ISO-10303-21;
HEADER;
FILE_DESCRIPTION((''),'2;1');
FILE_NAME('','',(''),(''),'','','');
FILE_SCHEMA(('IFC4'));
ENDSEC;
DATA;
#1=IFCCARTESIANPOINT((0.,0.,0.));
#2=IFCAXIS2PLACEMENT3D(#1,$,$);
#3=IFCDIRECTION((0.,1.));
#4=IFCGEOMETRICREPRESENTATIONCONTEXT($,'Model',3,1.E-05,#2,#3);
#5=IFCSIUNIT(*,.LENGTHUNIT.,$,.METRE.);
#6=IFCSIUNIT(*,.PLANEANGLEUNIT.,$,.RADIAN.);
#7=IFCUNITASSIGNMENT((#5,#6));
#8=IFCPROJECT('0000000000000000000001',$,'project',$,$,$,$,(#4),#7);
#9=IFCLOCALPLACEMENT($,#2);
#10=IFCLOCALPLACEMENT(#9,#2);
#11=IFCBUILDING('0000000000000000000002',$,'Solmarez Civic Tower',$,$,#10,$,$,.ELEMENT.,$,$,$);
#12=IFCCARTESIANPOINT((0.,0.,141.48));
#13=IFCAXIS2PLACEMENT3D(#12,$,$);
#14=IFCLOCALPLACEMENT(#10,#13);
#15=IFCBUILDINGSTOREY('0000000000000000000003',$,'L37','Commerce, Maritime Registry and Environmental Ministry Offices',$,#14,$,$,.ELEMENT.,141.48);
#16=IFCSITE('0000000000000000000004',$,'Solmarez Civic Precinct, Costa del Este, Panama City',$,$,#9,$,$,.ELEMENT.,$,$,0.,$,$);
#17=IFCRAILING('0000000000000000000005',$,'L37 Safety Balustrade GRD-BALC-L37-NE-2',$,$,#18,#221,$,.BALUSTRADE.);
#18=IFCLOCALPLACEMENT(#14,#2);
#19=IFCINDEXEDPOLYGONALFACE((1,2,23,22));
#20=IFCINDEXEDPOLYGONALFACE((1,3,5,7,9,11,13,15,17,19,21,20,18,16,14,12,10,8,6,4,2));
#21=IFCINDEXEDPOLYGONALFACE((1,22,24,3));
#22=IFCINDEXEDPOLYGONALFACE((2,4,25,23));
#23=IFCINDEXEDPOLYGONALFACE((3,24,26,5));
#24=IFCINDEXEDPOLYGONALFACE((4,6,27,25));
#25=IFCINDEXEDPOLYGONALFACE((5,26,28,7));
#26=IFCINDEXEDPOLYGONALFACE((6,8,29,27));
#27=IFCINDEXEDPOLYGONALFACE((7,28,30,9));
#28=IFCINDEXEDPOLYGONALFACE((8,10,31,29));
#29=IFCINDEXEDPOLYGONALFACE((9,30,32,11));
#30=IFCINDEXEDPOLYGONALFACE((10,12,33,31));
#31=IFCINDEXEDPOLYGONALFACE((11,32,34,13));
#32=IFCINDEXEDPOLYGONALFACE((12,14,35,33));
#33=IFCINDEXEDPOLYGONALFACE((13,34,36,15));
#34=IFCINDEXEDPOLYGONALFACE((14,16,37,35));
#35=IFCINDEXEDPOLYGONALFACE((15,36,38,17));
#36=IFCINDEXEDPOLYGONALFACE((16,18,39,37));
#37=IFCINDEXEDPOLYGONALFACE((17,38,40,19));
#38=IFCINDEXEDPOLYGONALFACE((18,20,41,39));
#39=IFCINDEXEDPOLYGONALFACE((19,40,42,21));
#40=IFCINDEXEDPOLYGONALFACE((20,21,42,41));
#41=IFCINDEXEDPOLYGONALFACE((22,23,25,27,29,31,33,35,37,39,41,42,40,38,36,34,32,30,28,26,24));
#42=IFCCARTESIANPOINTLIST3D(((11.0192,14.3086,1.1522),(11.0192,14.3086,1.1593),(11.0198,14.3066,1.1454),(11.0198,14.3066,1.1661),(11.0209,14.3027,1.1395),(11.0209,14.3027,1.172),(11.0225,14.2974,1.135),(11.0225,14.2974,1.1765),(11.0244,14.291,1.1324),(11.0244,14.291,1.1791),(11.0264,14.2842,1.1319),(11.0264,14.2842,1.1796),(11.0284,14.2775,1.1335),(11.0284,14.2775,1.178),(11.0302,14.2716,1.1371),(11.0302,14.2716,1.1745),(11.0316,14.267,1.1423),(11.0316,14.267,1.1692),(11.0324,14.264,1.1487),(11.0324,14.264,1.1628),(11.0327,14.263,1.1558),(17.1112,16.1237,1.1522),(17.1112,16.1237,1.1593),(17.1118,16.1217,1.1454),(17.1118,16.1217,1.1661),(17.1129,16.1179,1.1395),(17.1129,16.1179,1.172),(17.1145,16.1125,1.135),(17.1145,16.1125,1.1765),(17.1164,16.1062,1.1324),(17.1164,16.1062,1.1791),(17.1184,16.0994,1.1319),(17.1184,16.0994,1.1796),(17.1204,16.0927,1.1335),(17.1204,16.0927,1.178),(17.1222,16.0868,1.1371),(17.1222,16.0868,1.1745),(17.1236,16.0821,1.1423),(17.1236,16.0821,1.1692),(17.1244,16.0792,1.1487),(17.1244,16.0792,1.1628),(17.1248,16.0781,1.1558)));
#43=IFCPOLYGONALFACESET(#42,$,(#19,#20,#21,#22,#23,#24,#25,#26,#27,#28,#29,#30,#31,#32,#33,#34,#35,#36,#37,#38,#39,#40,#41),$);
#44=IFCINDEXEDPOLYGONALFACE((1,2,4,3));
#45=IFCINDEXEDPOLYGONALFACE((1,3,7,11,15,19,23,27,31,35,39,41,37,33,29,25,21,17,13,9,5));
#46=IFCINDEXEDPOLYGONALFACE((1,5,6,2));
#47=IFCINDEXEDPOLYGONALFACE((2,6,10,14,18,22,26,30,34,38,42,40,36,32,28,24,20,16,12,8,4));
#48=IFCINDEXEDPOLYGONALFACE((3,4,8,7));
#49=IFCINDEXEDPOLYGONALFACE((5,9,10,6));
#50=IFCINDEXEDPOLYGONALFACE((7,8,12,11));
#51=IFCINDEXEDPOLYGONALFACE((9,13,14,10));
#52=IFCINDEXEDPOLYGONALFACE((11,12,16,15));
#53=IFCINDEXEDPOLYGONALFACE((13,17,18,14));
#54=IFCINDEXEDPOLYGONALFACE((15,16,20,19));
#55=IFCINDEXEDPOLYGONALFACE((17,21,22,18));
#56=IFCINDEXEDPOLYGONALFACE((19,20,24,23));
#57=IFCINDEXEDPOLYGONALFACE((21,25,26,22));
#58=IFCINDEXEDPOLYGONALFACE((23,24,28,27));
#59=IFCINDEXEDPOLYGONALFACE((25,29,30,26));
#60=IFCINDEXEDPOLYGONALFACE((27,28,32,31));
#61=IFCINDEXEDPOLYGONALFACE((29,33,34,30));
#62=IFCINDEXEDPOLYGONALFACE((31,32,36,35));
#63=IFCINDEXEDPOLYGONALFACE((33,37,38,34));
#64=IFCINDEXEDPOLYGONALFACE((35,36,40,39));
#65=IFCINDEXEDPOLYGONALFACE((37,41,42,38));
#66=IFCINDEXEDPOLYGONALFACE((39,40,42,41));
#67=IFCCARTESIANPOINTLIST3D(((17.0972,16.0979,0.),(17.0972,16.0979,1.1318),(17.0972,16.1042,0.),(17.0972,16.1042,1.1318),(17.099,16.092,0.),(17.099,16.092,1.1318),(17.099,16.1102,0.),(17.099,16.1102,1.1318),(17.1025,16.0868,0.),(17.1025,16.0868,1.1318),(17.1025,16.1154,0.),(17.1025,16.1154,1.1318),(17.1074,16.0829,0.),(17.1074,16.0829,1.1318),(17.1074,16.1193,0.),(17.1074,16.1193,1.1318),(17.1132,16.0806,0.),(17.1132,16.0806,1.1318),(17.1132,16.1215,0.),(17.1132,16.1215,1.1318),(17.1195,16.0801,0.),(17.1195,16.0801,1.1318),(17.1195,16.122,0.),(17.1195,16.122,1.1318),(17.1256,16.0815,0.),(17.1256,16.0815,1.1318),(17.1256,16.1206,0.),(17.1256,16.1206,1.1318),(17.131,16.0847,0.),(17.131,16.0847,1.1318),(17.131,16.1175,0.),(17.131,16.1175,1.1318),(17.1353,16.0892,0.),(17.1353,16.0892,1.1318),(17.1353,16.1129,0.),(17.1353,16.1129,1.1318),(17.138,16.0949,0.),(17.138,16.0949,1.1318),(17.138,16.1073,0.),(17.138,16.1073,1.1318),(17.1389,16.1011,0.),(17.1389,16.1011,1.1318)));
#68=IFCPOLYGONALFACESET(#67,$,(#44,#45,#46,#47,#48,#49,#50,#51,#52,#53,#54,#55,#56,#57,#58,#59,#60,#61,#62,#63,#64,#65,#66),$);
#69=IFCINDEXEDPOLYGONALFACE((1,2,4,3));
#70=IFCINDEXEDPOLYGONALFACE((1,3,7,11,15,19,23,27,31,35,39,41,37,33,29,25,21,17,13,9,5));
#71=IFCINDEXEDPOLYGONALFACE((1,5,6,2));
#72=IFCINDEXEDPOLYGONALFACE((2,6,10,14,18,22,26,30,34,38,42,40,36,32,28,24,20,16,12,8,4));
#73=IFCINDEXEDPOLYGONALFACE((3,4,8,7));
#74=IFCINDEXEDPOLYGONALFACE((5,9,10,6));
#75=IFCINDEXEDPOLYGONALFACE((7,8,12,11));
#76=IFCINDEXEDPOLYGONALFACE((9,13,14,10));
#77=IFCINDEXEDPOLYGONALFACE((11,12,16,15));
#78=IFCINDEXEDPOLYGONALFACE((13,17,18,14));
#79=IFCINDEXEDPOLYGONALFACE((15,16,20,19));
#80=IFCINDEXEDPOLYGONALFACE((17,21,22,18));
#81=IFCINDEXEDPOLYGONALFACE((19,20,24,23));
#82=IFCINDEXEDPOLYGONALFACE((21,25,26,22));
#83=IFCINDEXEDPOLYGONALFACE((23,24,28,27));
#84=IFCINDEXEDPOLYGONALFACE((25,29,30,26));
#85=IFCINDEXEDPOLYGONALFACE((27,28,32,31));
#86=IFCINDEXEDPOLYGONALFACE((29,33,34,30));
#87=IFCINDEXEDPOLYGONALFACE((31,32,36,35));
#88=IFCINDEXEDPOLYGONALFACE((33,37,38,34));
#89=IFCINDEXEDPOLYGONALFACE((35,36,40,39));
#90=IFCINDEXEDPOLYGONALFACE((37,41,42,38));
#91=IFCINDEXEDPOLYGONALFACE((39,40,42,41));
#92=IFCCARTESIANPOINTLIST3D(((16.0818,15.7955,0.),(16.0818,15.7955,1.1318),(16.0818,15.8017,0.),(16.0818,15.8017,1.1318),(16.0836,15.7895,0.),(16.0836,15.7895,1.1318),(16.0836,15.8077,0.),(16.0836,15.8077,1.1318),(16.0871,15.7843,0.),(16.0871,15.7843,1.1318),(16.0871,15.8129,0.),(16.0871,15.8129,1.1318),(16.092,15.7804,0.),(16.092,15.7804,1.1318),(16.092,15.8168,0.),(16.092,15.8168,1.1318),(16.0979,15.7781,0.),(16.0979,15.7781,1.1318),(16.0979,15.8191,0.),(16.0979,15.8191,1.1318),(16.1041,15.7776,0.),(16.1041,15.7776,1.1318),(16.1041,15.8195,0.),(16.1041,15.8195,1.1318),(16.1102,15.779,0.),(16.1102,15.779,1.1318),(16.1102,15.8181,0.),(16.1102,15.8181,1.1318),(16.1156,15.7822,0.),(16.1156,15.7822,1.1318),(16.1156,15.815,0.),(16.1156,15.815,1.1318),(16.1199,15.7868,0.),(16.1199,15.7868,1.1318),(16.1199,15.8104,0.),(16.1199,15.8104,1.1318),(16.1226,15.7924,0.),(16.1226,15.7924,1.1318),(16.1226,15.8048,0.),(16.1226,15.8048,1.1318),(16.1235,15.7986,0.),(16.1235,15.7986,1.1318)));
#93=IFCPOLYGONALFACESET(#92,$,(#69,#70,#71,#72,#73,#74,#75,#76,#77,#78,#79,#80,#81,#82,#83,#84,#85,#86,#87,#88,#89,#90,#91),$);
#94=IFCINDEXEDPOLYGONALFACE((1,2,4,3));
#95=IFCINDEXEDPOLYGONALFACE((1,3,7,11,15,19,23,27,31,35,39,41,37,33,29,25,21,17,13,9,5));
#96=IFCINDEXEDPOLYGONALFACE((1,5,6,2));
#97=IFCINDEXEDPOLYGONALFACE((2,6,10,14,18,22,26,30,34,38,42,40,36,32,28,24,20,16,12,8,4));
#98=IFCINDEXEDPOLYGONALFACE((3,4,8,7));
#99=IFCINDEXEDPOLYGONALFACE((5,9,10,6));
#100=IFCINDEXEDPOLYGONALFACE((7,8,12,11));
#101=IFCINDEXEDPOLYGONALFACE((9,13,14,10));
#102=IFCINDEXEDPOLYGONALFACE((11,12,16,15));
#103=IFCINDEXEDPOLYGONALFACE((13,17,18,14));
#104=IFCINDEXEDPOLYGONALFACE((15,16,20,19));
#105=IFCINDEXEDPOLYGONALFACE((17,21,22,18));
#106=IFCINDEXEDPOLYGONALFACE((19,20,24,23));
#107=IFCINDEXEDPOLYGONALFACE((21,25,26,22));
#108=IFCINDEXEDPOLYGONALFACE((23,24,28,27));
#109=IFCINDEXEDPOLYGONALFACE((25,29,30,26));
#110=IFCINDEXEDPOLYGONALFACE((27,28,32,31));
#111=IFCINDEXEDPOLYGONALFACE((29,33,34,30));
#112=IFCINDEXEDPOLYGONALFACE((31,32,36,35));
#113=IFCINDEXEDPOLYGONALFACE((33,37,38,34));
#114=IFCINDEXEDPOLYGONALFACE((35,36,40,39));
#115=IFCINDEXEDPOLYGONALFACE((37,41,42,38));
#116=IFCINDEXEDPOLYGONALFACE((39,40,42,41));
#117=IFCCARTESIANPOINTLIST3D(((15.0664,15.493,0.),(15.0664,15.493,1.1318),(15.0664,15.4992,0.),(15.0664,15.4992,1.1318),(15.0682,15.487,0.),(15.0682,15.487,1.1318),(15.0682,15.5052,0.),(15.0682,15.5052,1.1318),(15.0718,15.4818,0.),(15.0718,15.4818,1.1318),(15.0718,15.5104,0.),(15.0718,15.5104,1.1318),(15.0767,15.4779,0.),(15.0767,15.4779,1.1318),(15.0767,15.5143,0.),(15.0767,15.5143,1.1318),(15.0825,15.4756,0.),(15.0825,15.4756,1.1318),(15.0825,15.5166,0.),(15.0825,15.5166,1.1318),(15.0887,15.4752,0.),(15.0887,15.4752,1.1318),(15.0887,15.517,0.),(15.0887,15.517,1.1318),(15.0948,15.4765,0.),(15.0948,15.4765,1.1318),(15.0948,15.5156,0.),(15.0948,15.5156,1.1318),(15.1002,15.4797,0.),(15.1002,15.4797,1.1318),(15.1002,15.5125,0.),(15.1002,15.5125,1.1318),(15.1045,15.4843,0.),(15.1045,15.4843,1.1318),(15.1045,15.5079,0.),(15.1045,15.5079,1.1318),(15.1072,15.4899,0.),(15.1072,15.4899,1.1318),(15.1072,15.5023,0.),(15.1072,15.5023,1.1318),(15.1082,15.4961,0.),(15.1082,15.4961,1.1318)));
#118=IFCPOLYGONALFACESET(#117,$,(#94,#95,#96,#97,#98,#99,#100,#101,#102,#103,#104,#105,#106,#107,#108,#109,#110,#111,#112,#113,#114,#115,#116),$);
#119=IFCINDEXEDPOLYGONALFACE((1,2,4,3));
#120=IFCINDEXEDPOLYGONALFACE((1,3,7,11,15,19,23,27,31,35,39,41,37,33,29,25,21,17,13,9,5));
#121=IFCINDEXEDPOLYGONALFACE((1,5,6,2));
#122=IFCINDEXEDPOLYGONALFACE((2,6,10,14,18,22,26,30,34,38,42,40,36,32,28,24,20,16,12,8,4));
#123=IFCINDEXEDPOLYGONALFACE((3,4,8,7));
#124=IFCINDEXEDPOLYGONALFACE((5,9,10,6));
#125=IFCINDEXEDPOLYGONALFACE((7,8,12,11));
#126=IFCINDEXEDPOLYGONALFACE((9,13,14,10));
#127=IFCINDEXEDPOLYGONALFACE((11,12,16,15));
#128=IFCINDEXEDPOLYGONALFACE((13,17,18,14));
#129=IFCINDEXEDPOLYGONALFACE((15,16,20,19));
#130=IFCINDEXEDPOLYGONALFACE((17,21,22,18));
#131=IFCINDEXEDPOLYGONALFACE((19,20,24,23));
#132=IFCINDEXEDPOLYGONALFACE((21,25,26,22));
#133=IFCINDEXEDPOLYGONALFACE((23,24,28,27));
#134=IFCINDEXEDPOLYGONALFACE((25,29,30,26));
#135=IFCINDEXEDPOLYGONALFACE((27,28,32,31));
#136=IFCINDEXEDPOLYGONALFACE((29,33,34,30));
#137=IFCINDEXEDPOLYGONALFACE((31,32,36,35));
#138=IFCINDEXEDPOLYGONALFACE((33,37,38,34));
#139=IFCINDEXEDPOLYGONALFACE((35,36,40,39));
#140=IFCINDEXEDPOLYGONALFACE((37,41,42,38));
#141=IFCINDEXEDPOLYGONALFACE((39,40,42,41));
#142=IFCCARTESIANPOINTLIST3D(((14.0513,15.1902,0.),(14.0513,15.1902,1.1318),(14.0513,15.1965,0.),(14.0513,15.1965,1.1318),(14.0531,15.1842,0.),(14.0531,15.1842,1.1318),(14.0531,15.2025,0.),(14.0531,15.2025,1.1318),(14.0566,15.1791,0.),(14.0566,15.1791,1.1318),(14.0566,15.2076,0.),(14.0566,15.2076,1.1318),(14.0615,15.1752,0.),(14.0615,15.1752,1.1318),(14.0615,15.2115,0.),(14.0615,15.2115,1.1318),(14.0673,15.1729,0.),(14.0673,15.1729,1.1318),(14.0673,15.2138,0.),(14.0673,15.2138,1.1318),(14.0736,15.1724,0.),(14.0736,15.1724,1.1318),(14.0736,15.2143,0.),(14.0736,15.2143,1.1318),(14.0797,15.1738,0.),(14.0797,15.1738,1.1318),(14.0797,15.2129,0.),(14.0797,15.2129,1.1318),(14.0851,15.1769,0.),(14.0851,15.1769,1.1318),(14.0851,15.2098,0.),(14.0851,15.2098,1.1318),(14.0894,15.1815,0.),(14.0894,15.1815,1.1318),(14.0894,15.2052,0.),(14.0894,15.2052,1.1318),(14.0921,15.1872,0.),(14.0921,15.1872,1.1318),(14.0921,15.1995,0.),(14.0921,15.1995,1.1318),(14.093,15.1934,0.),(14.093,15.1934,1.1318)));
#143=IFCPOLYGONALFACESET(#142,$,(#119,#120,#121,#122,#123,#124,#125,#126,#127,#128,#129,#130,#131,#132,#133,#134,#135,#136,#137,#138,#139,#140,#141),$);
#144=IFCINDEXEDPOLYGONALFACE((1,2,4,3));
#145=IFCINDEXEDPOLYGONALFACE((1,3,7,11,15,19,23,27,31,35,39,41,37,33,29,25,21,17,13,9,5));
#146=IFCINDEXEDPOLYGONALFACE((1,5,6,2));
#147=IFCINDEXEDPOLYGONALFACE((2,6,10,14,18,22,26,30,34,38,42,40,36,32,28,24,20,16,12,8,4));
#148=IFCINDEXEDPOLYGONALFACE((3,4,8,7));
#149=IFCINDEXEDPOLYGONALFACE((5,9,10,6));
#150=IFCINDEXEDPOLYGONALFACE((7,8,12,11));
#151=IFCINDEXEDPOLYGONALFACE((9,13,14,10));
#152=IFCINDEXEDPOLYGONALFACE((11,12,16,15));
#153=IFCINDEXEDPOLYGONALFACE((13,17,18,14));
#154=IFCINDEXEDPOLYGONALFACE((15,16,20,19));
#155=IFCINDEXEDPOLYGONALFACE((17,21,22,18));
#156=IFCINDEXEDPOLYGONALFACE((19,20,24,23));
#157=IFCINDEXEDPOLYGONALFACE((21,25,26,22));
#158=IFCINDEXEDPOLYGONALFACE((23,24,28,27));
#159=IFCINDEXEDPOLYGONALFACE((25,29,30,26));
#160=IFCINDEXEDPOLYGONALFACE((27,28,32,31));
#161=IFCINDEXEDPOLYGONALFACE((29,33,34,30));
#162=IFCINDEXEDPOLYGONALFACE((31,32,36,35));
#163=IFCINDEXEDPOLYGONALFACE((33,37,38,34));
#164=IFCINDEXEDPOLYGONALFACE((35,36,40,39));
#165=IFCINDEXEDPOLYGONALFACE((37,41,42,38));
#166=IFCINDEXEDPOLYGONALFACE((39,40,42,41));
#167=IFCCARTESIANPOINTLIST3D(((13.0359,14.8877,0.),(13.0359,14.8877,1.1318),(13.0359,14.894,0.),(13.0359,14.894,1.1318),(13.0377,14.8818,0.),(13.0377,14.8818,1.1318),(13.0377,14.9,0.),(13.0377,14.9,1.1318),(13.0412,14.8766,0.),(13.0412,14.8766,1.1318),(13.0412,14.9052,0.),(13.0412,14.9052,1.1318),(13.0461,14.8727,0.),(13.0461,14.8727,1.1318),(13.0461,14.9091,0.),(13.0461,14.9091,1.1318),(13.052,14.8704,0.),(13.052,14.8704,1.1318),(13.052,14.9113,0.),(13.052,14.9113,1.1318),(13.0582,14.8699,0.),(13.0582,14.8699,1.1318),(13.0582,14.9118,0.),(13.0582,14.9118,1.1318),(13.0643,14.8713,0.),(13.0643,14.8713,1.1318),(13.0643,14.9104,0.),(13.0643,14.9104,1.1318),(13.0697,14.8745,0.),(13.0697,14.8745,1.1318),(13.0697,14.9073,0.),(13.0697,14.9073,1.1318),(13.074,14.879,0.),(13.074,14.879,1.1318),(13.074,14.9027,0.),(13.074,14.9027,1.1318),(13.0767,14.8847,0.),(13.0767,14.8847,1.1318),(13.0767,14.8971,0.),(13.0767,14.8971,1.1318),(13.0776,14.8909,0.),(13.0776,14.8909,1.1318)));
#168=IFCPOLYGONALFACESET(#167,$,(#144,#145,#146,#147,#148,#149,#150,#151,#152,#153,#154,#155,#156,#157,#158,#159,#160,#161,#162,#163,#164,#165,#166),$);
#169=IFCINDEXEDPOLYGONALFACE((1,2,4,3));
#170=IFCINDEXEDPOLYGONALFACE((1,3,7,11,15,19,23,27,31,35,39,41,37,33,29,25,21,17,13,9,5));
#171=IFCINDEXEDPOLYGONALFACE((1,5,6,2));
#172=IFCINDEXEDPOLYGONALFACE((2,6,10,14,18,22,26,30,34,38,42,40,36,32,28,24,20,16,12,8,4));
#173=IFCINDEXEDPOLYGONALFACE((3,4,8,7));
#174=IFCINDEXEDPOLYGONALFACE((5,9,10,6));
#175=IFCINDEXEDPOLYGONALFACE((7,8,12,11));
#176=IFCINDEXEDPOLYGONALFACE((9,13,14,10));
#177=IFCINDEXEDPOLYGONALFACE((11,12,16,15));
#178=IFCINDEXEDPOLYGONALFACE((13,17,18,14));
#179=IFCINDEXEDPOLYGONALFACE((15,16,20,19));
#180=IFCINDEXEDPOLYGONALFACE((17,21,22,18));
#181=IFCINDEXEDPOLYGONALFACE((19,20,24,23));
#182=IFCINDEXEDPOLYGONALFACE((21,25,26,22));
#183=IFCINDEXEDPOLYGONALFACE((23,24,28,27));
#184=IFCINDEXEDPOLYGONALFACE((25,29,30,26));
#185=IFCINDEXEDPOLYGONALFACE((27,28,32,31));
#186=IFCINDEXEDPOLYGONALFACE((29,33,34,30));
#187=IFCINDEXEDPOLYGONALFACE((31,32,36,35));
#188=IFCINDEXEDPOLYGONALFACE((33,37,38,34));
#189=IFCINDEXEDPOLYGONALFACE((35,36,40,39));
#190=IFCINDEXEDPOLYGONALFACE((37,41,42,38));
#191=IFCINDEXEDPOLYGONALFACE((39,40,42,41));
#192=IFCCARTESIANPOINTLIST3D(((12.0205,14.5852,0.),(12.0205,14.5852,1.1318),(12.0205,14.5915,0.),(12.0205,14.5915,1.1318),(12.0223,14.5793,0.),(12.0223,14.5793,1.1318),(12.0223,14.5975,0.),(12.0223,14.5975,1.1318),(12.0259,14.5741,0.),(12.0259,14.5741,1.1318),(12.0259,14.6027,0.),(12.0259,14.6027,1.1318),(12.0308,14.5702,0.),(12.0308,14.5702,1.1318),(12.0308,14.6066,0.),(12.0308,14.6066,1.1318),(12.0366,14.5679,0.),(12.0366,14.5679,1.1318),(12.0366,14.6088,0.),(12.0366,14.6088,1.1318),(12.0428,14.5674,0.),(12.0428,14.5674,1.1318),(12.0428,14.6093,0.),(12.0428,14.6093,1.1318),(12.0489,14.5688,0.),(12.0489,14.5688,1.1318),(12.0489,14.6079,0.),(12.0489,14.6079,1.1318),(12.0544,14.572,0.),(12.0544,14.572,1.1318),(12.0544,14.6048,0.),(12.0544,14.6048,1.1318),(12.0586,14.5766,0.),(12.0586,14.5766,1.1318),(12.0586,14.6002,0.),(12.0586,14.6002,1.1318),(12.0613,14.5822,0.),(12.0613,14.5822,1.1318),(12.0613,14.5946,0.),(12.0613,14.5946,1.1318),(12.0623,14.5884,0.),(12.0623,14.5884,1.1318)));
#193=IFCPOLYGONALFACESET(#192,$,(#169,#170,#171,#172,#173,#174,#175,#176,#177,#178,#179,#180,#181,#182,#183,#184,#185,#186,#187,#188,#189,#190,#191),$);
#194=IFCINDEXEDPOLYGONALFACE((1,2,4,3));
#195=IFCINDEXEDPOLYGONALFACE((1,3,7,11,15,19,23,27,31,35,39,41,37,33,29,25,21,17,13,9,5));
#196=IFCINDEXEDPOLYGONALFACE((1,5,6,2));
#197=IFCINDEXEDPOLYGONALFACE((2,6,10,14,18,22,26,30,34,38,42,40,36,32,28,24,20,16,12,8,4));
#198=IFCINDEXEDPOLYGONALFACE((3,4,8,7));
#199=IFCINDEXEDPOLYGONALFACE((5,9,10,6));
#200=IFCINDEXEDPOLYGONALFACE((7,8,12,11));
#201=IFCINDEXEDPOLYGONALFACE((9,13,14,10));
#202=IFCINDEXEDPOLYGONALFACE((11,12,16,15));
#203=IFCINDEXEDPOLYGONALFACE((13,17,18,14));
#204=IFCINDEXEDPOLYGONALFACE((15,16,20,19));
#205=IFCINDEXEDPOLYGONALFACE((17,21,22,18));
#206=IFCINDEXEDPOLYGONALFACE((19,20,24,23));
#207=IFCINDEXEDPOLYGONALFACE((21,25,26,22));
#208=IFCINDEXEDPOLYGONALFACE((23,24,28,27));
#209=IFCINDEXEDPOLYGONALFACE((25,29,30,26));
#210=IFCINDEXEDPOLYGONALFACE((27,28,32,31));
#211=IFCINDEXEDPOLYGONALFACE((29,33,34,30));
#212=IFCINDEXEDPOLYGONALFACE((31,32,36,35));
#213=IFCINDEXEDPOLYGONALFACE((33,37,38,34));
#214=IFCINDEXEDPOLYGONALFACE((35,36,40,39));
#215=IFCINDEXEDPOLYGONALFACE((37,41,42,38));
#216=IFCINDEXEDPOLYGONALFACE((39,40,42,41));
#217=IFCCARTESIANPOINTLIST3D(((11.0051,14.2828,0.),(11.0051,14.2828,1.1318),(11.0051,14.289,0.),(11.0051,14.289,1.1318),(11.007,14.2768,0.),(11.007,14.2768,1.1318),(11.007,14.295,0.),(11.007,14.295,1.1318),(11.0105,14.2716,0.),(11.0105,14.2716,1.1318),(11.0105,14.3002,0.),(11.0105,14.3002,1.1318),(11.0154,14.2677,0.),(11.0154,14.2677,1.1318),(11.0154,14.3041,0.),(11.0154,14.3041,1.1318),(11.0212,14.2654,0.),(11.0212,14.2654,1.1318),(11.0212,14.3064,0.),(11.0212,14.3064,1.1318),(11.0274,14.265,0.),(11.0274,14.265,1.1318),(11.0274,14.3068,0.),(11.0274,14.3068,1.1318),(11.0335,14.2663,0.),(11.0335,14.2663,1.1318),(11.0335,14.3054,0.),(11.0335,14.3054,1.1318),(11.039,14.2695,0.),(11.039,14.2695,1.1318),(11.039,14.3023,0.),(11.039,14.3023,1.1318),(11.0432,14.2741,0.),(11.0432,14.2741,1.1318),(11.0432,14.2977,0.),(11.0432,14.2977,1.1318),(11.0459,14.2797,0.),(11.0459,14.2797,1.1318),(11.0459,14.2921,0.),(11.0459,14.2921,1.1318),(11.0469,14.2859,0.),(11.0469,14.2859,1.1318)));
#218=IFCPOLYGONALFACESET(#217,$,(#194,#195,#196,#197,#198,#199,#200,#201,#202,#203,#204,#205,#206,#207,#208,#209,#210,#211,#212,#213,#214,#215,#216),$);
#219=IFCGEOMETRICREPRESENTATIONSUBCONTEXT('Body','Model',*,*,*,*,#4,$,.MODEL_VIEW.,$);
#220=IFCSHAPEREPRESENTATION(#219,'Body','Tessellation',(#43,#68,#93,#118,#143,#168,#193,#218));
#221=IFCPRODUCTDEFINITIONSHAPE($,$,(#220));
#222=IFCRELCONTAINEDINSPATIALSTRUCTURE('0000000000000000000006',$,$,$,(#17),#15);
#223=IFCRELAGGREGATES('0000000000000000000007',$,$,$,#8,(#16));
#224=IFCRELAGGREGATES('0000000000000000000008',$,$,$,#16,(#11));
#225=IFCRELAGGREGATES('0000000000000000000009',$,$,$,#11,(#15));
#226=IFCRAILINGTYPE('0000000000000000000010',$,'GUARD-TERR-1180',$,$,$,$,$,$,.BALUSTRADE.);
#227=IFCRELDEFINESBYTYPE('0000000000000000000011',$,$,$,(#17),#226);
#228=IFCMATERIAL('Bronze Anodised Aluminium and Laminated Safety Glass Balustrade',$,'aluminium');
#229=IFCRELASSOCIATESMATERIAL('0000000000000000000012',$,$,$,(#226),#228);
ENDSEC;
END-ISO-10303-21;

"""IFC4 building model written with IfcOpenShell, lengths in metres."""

from ifc_helpers import new_model, si_unit, direction, frame, origin, origin_2d, place, context, subcontext, project, spatial, circle, extrude, material, type_object, element, save


model = new_model("IFC4")

# Units and contexts
model_context = context("Model", 3, precision=1e-05, world=origin(), true_north=direction((0.0, 1.0)))
body_context = subcontext(model_context, "Body", "Model", "MODEL_VIEW")
ifc_project = project(units=[si_unit("LENGTHUNIT", "METRE"), si_unit("PLANEANGLEUNIT", "RADIAN")], contexts=[model_context])

# Site, building, storey
site_placement = place(None, origin())
site = spatial("IfcSite", under=ifc_project, at=site_placement, Name="Solmarez Civic Precinct, Costa del Este, Panama City", CompositionType="ELEMENT", RefElevation=0.0)
building_placement = place(site_placement, origin())
building = spatial("IfcBuilding", under=site, at=building_placement, Name="Solmarez Civic Tower", CompositionType="ELEMENT")
storey_placement = place(building_placement, frame((0.0, 0.0, 141.48)))
storey = spatial("IfcBuildingStorey", under=building, at=storey_placement, Name="L37", Description="Commerce, Maritime Registry and Environmental Ministry Offices", CompositionType="ELEMENT", Elevation=141.48)

# Railing
ifc_material_1 = material(Name="Bronze Anodised Aluminium and Laminated Safety Glass Balustrade", Category="aluminium")
railing_type = type_object("IfcRailingType", Name="GUARD-TERR-1180", PredefinedType="BALUSTRADE", material=ifc_material_1)
railing_1_placement = place(storey_placement, frame((17.1179, 16.1011, 0.0)))
element("IfcRailing", 1, at=railing_1_placement, inside=storey, type_object=railing_type, Name="L37 Safety Balustrade GRD-BALC-L37-NE-2", PredefinedType="BALUSTRADE", context=body_context, shape_type="SweptSolid", body=[
    extrude(circle(Radius=0.0239, at=origin_2d()), frame((0.0, 0.0, 1.1558), z_axis=(-0.958363, -0.285554, 0.0), x_axis=(0.285554, -0.958363, 0.0)), (0.0, 0.0, 1.0), 6.3567),
    extrude(circle(Radius=0.021, at=origin_2d()), origin(), (0.0, 0.0, 1.0), 1.1318),
    extrude(circle(Radius=0.021, at=origin_2d()), frame((-1.0154, -0.3025, 0.0)), (0.0, 0.0, 1.0), 1.1318),
    extrude(circle(Radius=0.021, at=origin_2d()), frame((-2.0308, -0.605, 0.0)), (0.0, 0.0, 1.0), 1.1318),
    extrude(circle(Radius=0.021, at=origin_2d()), frame((-3.0459, -0.9077, 0.0)), (0.0, 0.0, 1.0), 1.1318),
    extrude(circle(Radius=0.021, at=origin_2d()), frame((-4.0613, -1.2102, 0.0)), (0.0, 0.0, 1.0), 1.1318),
    extrude(circle(Radius=0.021, at=origin_2d()), frame((-5.0767, -1.5127, 0.0)), (0.0, 0.0, 1.0), 1.1318),
    extrude(circle(Radius=0.021, at=origin_2d()), frame((-6.092, -1.8152, 0.0)), (0.0, 0.0, 1.0), 1.1318),
])

save(model, "model.ifc")
